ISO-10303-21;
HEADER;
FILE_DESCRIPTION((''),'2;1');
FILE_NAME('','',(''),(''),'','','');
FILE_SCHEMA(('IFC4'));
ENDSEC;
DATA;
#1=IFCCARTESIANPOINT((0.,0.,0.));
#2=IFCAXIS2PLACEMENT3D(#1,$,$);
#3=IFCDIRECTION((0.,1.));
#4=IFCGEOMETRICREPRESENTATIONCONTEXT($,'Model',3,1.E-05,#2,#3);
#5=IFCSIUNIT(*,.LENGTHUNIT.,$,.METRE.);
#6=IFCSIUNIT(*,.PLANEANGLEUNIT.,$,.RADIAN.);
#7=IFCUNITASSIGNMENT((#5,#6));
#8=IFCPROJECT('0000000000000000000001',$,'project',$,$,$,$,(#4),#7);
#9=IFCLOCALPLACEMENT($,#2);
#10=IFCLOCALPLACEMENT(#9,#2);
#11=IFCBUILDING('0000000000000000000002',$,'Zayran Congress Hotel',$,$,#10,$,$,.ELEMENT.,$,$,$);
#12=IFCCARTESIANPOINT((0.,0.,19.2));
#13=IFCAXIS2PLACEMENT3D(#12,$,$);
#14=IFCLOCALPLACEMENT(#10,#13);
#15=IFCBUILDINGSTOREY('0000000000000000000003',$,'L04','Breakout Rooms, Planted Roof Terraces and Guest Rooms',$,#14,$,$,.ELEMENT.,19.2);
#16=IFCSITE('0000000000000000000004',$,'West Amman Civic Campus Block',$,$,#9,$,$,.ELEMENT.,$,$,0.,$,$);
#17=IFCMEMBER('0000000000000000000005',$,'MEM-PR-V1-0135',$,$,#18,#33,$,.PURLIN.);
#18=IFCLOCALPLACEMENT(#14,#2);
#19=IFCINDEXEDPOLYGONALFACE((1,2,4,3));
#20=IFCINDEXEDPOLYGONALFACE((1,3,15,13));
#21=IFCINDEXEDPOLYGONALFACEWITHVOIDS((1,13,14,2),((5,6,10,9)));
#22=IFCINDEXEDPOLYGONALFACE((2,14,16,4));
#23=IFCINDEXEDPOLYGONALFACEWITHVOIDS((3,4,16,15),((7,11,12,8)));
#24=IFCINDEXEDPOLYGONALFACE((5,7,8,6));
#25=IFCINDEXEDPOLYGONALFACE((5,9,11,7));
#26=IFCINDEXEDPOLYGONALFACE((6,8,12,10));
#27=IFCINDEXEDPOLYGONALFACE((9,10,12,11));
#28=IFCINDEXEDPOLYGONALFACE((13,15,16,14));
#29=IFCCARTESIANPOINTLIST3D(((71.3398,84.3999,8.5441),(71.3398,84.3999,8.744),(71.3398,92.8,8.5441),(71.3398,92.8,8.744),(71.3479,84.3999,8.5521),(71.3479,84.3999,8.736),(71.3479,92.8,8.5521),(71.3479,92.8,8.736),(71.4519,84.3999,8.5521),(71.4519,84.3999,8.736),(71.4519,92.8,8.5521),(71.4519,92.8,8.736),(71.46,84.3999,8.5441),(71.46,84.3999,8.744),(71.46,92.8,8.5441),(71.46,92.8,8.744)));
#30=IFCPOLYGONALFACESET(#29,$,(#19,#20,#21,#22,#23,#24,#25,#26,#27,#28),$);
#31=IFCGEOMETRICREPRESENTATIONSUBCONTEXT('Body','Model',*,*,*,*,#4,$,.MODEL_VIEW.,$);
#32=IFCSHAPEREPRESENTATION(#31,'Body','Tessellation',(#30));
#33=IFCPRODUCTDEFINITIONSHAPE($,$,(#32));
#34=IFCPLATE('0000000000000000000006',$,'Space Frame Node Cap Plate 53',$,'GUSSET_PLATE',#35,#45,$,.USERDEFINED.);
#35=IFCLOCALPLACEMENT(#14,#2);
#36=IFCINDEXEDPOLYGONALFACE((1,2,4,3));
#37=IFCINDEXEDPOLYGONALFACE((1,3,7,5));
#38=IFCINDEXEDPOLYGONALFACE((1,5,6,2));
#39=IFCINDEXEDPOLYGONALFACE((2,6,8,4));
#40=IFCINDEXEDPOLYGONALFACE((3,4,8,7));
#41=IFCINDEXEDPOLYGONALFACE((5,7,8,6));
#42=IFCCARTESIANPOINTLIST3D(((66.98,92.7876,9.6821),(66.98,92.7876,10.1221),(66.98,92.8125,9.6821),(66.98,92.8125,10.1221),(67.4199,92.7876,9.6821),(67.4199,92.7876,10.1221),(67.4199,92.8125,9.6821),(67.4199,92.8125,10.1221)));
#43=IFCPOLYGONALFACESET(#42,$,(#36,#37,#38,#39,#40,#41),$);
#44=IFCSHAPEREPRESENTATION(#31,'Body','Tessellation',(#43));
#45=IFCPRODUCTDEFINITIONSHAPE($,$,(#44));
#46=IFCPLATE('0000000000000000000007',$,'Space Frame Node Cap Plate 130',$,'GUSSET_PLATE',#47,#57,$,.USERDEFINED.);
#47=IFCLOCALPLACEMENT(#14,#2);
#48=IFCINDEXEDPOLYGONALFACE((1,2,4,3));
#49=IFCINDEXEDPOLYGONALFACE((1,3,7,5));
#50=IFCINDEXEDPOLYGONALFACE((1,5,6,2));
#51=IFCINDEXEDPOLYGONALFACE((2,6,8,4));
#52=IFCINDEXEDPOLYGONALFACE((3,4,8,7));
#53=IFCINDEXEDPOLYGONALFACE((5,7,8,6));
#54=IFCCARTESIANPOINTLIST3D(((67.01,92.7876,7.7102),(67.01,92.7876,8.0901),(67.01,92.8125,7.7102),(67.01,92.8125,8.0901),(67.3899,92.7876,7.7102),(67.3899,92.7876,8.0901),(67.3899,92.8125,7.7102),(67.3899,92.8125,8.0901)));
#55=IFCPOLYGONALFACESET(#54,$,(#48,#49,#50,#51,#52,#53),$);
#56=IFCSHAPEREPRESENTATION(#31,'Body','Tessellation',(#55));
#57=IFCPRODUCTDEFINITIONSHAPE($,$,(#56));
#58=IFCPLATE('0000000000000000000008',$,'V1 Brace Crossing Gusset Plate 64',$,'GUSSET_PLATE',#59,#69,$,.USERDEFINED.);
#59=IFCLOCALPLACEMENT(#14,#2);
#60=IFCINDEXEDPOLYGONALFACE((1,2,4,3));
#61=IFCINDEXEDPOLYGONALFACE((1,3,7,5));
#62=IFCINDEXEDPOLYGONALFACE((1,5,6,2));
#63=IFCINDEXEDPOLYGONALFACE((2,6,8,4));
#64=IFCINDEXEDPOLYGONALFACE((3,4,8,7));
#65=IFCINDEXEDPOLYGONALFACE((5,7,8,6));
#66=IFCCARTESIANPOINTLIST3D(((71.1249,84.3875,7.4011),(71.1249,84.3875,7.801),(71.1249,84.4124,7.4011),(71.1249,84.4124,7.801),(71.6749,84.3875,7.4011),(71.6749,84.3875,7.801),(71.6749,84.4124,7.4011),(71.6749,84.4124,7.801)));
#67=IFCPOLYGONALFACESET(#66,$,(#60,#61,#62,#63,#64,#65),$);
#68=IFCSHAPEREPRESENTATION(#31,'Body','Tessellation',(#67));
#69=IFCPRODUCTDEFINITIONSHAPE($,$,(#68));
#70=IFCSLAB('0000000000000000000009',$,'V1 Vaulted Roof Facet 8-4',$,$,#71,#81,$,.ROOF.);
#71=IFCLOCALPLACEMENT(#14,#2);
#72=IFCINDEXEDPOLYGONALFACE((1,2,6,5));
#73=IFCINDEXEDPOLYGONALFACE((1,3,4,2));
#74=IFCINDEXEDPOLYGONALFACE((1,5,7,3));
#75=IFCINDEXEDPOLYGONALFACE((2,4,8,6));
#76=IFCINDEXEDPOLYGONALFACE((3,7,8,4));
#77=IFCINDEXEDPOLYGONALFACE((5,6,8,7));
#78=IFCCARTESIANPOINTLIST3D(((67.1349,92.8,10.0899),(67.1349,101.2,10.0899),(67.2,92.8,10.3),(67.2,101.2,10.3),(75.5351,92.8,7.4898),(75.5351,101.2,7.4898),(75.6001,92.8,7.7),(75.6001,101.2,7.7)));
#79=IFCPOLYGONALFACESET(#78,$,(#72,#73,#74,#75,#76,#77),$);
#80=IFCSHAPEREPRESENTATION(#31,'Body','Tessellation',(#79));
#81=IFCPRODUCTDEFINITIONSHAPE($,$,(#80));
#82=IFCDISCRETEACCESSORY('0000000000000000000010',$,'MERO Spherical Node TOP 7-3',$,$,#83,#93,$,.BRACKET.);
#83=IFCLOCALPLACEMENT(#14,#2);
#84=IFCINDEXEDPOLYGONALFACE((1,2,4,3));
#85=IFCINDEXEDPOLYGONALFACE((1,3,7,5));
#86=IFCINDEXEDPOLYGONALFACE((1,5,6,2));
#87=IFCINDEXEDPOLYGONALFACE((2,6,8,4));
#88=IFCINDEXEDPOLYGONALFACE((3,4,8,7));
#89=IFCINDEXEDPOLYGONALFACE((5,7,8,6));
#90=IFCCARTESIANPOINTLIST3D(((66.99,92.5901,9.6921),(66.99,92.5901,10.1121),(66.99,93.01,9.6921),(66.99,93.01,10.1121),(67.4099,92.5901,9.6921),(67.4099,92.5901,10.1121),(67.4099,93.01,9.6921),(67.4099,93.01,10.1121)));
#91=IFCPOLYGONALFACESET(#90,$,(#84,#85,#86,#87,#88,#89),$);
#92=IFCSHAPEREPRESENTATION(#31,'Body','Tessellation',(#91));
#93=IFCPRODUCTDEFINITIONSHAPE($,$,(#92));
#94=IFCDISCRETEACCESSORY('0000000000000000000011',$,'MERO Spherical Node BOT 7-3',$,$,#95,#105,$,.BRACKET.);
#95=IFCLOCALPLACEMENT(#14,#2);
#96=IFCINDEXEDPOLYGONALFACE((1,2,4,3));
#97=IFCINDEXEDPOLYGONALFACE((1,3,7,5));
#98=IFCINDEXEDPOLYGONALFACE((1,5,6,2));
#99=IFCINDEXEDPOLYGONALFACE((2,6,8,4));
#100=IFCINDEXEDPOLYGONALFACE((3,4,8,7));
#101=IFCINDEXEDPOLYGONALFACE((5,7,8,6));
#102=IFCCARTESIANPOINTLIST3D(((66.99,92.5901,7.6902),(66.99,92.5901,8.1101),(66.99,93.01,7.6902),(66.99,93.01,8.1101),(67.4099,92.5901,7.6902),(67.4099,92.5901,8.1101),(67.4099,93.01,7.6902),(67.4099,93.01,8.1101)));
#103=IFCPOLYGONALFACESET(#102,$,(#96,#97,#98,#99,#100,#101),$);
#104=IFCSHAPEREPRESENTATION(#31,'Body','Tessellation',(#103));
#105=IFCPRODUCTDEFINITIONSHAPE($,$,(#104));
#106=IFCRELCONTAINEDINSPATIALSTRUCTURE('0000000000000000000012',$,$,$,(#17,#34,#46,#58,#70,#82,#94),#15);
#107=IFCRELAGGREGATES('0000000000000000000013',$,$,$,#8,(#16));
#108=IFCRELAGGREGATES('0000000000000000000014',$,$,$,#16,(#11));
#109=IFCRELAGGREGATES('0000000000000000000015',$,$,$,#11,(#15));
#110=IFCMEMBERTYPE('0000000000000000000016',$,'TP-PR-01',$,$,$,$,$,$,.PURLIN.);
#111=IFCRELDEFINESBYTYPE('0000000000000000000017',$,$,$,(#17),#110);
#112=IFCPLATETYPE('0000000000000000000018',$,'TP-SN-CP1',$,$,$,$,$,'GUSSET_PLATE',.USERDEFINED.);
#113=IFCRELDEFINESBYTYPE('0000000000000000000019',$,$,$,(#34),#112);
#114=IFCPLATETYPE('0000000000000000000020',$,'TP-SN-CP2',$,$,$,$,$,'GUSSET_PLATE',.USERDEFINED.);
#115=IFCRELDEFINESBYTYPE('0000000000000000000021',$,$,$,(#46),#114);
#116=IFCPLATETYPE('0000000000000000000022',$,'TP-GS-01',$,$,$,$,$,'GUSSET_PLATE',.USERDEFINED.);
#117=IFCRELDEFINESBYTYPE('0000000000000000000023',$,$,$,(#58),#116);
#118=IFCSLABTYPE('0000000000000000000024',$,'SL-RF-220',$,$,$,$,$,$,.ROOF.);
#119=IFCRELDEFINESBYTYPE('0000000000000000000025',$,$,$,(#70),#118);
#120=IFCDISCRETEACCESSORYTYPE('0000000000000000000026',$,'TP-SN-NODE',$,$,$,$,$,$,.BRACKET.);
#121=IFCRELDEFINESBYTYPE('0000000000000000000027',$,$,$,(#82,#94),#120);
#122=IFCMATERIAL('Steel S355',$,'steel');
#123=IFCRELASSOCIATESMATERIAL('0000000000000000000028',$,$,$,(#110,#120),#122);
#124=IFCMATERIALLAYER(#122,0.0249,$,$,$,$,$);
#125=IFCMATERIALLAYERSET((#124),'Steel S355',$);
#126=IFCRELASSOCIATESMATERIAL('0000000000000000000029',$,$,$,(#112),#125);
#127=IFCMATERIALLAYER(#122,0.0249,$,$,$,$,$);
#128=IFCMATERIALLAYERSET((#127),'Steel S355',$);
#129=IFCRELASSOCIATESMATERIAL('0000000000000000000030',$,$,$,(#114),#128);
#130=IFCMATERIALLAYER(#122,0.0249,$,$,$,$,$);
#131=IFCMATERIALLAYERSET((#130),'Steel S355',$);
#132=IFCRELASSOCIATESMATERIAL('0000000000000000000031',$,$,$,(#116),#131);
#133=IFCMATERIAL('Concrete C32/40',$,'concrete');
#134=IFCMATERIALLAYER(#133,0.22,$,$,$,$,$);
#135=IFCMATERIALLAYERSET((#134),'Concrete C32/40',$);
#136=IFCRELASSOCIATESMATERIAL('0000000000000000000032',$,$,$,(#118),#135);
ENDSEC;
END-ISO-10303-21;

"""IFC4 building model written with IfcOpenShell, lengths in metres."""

from ifc_helpers import new_model, si_unit, direction, frame, origin, origin_2d, place, context, subcontext, project, spatial, polyline, rectangle, hollow_rectangle, outline, extrude, material, layer, layer_set, material_profile, profile_set, type_object, element, save


model = new_model("IFC4")

# Units and contexts
model_context = context("Model", 3, precision=1e-05, world=origin(), true_north=direction((0.0, 1.0)))
body_context = subcontext(model_context, "Body", "Model", "MODEL_VIEW")
ifc_project = project(units=[si_unit("LENGTHUNIT", "METRE"), si_unit("PLANEANGLEUNIT", "RADIAN")], contexts=[model_context])

# Site, building, storey
site_placement = place(None, origin())
site = spatial("IfcSite", under=ifc_project, at=site_placement, Name="West Amman Civic Campus Block", CompositionType="ELEMENT", RefElevation=0.0)
building_placement = place(site_placement, origin())
building = spatial("IfcBuilding", under=site, at=building_placement, Name="Zayran Congress Hotel", CompositionType="ELEMENT")
storey_placement = place(building_placement, frame((0.0, 0.0, 19.2)))
storey = spatial("IfcBuildingStorey", under=building, at=storey_placement, Name="L04", Description="Breakout Rooms, Planted Roof Terraces and Guest Rooms", CompositionType="ELEMENT", Elevation=19.2)

# Member
ifc_material_1 = material(Name="Steel S355", Category="steel")
ifc_material_profile_1 = material_profile(ifc_material_1, hollow_rectangle(XDim=0.1201, YDim=0.2, WallThickness=0.0081, at=origin_2d()), Name="RHS 200x120x8")
ifc_profile_set_1 = profile_set([ifc_material_profile_1], Name="Steel S355")
member_type_1 = type_object("IfcMemberType", Name="TP-PR-01", PredefinedType="PURLIN", material=ifc_profile_set_1)
member_1_placement = place(storey_placement, frame((71.3999, 84.3999, 8.644), z_axis=(0.0, 1.0, 0.0), x_axis=(-1.0, 0.0, 0.0)))
element("IfcMember", 1, at=member_1_placement, inside=storey, type_object=member_type_1, Name="MEM-PR-V1-0135", PredefinedType="PURLIN", context=body_context, shape_type="SweptSolid", body=[
    extrude(hollow_rectangle(XDim=0.1201, YDim=0.2, WallThickness=0.0081, at=origin_2d()), origin(), (0.0, 0.0, 1.0), 8.4001),
])

# Plates
ifc_layer_1 = layer(ifc_material_1, 0.0249)
ifc_layer_set_1 = layer_set([ifc_layer_1], Name="Steel S355")
plate_type_1 = type_object("IfcPlateType", Name="TP-SN-CP1", ElementType="GUSSET_PLATE", PredefinedType="USERDEFINED", material=ifc_layer_set_1)
plate_1_placement = place(storey_placement, frame((67.2, 92.8, 9.6821), z_axis=(0.0, 0.0, 1.0), x_axis=(1.0, 0.0, 0.0)))
element("IfcPlate", 2, at=plate_1_placement, inside=storey, type_object=plate_type_1, Name="Space Frame Node Cap Plate 53", ObjectType="GUSSET_PLATE", PredefinedType="USERDEFINED", context=body_context, shape_type="SweptSolid", body=[
    extrude(rectangle(XDim=0.4399, YDim=0.0249, at=origin_2d()), origin(), (0.0, 0.0, 1.0), 0.4399),
])
ifc_layer_2 = layer(ifc_material_1, 0.0249)
ifc_layer_set_2 = layer_set([ifc_layer_2], Name="Steel S355")
plate_type_2 = type_object("IfcPlateType", Name="TP-SN-CP2", ElementType="GUSSET_PLATE", PredefinedType="USERDEFINED", material=ifc_layer_set_2)
plate_2_placement = place(storey_placement, frame((67.2, 92.8, 7.7102), z_axis=(0.0, 0.0, 1.0), x_axis=(1.0, 0.0, 0.0)))
element("IfcPlate", 3, at=plate_2_placement, inside=storey, type_object=plate_type_2, Name="Space Frame Node Cap Plate 130", ObjectType="GUSSET_PLATE", PredefinedType="USERDEFINED", context=body_context, shape_type="SweptSolid", body=[
    extrude(rectangle(XDim=0.3799, YDim=0.0249, at=origin_2d()), origin(), (0.0, 0.0, 1.0), 0.3799),
])
ifc_layer_3 = layer(ifc_material_1, 0.0249)
ifc_layer_set_3 = layer_set([ifc_layer_3], Name="Steel S355")
plate_type_3 = type_object("IfcPlateType", Name="TP-GS-01", ElementType="GUSSET_PLATE", PredefinedType="USERDEFINED", material=ifc_layer_set_3)
plate_3_placement = place(storey_placement, frame((71.3999, 84.3999, 7.4011), z_axis=(0.0, 0.0, 1.0), x_axis=(1.0, 0.0, 0.0)))
element("IfcPlate", 4, at=plate_3_placement, inside=storey, type_object=plate_type_3, Name="V1 Brace Crossing Gusset Plate 64", ObjectType="GUSSET_PLATE", PredefinedType="USERDEFINED", context=body_context, shape_type="SweptSolid", body=[
    extrude(rectangle(XDim=0.55, YDim=0.0249, at=origin_2d()), origin(), (0.0, 0.0, 1.0), 0.3999),
])

# Slab
ifc_material_2 = material(Name="Concrete C32/40", Category="concrete")
ifc_layer_4 = layer(ifc_material_2, 0.22)
ifc_layer_set_4 = layer_set([ifc_layer_4], Name="Concrete C32/40")
slab_type = type_object("IfcSlabType", Name="SL-RF-220", PredefinedType="ROOF", material=ifc_layer_set_4)
slab_placement = place(storey_placement, frame((67.2, 92.8, 10.3), z_axis=(0.295689, 0.0, 0.955284), x_axis=(0.955284, 0.0, -0.295689)))
element("IfcSlab", 5, at=slab_placement, inside=storey, type_object=slab_type, Name="V1 Vaulted Roof Facet 8-4", PredefinedType="ROOF", context=body_context, shape_type="SweptSolid", body=[
    extrude(outline(polyline([(0.0, 0.0), (8.7933, 0.0), (8.7933, 8.3999), (0.0, 8.3999), (0.0, 0.0)])), origin(), (0.0, 0.0, -1.0), 0.22),
])

# Discrete accessories
discrete_accessory_type = type_object("IfcDiscreteAccessoryType", Name="TP-SN-NODE", PredefinedType="BRACKET", material=ifc_material_1)
for number, where, z_axis, x_axis, name in (
    (6, (67.2, 92.8, 9.6921), (0.0, 0.0, 1.0), (1.0, 0.0, 0.0), "MERO Spherical Node TOP 7-3"),
    (7, (67.2, 92.8, 7.6902), (0.0, 0.0, 1.0), (1.0, 0.0, 0.0), "MERO Spherical Node BOT 7-3"),
):
    element("IfcDiscreteAccessory", number, at=place(storey_placement, frame(where, z_axis=z_axis, x_axis=x_axis)), inside=storey, type_object=discrete_accessory_type, Name=name, PredefinedType="BRACKET", context=body_context, shape_type="SweptSolid", body=[
        extrude(rectangle(XDim=0.4199, YDim=0.4199, at=origin_2d()), origin(), (0.0, 0.0, 1.0), 0.4199),
    ])

save(model, "model.ifc")
